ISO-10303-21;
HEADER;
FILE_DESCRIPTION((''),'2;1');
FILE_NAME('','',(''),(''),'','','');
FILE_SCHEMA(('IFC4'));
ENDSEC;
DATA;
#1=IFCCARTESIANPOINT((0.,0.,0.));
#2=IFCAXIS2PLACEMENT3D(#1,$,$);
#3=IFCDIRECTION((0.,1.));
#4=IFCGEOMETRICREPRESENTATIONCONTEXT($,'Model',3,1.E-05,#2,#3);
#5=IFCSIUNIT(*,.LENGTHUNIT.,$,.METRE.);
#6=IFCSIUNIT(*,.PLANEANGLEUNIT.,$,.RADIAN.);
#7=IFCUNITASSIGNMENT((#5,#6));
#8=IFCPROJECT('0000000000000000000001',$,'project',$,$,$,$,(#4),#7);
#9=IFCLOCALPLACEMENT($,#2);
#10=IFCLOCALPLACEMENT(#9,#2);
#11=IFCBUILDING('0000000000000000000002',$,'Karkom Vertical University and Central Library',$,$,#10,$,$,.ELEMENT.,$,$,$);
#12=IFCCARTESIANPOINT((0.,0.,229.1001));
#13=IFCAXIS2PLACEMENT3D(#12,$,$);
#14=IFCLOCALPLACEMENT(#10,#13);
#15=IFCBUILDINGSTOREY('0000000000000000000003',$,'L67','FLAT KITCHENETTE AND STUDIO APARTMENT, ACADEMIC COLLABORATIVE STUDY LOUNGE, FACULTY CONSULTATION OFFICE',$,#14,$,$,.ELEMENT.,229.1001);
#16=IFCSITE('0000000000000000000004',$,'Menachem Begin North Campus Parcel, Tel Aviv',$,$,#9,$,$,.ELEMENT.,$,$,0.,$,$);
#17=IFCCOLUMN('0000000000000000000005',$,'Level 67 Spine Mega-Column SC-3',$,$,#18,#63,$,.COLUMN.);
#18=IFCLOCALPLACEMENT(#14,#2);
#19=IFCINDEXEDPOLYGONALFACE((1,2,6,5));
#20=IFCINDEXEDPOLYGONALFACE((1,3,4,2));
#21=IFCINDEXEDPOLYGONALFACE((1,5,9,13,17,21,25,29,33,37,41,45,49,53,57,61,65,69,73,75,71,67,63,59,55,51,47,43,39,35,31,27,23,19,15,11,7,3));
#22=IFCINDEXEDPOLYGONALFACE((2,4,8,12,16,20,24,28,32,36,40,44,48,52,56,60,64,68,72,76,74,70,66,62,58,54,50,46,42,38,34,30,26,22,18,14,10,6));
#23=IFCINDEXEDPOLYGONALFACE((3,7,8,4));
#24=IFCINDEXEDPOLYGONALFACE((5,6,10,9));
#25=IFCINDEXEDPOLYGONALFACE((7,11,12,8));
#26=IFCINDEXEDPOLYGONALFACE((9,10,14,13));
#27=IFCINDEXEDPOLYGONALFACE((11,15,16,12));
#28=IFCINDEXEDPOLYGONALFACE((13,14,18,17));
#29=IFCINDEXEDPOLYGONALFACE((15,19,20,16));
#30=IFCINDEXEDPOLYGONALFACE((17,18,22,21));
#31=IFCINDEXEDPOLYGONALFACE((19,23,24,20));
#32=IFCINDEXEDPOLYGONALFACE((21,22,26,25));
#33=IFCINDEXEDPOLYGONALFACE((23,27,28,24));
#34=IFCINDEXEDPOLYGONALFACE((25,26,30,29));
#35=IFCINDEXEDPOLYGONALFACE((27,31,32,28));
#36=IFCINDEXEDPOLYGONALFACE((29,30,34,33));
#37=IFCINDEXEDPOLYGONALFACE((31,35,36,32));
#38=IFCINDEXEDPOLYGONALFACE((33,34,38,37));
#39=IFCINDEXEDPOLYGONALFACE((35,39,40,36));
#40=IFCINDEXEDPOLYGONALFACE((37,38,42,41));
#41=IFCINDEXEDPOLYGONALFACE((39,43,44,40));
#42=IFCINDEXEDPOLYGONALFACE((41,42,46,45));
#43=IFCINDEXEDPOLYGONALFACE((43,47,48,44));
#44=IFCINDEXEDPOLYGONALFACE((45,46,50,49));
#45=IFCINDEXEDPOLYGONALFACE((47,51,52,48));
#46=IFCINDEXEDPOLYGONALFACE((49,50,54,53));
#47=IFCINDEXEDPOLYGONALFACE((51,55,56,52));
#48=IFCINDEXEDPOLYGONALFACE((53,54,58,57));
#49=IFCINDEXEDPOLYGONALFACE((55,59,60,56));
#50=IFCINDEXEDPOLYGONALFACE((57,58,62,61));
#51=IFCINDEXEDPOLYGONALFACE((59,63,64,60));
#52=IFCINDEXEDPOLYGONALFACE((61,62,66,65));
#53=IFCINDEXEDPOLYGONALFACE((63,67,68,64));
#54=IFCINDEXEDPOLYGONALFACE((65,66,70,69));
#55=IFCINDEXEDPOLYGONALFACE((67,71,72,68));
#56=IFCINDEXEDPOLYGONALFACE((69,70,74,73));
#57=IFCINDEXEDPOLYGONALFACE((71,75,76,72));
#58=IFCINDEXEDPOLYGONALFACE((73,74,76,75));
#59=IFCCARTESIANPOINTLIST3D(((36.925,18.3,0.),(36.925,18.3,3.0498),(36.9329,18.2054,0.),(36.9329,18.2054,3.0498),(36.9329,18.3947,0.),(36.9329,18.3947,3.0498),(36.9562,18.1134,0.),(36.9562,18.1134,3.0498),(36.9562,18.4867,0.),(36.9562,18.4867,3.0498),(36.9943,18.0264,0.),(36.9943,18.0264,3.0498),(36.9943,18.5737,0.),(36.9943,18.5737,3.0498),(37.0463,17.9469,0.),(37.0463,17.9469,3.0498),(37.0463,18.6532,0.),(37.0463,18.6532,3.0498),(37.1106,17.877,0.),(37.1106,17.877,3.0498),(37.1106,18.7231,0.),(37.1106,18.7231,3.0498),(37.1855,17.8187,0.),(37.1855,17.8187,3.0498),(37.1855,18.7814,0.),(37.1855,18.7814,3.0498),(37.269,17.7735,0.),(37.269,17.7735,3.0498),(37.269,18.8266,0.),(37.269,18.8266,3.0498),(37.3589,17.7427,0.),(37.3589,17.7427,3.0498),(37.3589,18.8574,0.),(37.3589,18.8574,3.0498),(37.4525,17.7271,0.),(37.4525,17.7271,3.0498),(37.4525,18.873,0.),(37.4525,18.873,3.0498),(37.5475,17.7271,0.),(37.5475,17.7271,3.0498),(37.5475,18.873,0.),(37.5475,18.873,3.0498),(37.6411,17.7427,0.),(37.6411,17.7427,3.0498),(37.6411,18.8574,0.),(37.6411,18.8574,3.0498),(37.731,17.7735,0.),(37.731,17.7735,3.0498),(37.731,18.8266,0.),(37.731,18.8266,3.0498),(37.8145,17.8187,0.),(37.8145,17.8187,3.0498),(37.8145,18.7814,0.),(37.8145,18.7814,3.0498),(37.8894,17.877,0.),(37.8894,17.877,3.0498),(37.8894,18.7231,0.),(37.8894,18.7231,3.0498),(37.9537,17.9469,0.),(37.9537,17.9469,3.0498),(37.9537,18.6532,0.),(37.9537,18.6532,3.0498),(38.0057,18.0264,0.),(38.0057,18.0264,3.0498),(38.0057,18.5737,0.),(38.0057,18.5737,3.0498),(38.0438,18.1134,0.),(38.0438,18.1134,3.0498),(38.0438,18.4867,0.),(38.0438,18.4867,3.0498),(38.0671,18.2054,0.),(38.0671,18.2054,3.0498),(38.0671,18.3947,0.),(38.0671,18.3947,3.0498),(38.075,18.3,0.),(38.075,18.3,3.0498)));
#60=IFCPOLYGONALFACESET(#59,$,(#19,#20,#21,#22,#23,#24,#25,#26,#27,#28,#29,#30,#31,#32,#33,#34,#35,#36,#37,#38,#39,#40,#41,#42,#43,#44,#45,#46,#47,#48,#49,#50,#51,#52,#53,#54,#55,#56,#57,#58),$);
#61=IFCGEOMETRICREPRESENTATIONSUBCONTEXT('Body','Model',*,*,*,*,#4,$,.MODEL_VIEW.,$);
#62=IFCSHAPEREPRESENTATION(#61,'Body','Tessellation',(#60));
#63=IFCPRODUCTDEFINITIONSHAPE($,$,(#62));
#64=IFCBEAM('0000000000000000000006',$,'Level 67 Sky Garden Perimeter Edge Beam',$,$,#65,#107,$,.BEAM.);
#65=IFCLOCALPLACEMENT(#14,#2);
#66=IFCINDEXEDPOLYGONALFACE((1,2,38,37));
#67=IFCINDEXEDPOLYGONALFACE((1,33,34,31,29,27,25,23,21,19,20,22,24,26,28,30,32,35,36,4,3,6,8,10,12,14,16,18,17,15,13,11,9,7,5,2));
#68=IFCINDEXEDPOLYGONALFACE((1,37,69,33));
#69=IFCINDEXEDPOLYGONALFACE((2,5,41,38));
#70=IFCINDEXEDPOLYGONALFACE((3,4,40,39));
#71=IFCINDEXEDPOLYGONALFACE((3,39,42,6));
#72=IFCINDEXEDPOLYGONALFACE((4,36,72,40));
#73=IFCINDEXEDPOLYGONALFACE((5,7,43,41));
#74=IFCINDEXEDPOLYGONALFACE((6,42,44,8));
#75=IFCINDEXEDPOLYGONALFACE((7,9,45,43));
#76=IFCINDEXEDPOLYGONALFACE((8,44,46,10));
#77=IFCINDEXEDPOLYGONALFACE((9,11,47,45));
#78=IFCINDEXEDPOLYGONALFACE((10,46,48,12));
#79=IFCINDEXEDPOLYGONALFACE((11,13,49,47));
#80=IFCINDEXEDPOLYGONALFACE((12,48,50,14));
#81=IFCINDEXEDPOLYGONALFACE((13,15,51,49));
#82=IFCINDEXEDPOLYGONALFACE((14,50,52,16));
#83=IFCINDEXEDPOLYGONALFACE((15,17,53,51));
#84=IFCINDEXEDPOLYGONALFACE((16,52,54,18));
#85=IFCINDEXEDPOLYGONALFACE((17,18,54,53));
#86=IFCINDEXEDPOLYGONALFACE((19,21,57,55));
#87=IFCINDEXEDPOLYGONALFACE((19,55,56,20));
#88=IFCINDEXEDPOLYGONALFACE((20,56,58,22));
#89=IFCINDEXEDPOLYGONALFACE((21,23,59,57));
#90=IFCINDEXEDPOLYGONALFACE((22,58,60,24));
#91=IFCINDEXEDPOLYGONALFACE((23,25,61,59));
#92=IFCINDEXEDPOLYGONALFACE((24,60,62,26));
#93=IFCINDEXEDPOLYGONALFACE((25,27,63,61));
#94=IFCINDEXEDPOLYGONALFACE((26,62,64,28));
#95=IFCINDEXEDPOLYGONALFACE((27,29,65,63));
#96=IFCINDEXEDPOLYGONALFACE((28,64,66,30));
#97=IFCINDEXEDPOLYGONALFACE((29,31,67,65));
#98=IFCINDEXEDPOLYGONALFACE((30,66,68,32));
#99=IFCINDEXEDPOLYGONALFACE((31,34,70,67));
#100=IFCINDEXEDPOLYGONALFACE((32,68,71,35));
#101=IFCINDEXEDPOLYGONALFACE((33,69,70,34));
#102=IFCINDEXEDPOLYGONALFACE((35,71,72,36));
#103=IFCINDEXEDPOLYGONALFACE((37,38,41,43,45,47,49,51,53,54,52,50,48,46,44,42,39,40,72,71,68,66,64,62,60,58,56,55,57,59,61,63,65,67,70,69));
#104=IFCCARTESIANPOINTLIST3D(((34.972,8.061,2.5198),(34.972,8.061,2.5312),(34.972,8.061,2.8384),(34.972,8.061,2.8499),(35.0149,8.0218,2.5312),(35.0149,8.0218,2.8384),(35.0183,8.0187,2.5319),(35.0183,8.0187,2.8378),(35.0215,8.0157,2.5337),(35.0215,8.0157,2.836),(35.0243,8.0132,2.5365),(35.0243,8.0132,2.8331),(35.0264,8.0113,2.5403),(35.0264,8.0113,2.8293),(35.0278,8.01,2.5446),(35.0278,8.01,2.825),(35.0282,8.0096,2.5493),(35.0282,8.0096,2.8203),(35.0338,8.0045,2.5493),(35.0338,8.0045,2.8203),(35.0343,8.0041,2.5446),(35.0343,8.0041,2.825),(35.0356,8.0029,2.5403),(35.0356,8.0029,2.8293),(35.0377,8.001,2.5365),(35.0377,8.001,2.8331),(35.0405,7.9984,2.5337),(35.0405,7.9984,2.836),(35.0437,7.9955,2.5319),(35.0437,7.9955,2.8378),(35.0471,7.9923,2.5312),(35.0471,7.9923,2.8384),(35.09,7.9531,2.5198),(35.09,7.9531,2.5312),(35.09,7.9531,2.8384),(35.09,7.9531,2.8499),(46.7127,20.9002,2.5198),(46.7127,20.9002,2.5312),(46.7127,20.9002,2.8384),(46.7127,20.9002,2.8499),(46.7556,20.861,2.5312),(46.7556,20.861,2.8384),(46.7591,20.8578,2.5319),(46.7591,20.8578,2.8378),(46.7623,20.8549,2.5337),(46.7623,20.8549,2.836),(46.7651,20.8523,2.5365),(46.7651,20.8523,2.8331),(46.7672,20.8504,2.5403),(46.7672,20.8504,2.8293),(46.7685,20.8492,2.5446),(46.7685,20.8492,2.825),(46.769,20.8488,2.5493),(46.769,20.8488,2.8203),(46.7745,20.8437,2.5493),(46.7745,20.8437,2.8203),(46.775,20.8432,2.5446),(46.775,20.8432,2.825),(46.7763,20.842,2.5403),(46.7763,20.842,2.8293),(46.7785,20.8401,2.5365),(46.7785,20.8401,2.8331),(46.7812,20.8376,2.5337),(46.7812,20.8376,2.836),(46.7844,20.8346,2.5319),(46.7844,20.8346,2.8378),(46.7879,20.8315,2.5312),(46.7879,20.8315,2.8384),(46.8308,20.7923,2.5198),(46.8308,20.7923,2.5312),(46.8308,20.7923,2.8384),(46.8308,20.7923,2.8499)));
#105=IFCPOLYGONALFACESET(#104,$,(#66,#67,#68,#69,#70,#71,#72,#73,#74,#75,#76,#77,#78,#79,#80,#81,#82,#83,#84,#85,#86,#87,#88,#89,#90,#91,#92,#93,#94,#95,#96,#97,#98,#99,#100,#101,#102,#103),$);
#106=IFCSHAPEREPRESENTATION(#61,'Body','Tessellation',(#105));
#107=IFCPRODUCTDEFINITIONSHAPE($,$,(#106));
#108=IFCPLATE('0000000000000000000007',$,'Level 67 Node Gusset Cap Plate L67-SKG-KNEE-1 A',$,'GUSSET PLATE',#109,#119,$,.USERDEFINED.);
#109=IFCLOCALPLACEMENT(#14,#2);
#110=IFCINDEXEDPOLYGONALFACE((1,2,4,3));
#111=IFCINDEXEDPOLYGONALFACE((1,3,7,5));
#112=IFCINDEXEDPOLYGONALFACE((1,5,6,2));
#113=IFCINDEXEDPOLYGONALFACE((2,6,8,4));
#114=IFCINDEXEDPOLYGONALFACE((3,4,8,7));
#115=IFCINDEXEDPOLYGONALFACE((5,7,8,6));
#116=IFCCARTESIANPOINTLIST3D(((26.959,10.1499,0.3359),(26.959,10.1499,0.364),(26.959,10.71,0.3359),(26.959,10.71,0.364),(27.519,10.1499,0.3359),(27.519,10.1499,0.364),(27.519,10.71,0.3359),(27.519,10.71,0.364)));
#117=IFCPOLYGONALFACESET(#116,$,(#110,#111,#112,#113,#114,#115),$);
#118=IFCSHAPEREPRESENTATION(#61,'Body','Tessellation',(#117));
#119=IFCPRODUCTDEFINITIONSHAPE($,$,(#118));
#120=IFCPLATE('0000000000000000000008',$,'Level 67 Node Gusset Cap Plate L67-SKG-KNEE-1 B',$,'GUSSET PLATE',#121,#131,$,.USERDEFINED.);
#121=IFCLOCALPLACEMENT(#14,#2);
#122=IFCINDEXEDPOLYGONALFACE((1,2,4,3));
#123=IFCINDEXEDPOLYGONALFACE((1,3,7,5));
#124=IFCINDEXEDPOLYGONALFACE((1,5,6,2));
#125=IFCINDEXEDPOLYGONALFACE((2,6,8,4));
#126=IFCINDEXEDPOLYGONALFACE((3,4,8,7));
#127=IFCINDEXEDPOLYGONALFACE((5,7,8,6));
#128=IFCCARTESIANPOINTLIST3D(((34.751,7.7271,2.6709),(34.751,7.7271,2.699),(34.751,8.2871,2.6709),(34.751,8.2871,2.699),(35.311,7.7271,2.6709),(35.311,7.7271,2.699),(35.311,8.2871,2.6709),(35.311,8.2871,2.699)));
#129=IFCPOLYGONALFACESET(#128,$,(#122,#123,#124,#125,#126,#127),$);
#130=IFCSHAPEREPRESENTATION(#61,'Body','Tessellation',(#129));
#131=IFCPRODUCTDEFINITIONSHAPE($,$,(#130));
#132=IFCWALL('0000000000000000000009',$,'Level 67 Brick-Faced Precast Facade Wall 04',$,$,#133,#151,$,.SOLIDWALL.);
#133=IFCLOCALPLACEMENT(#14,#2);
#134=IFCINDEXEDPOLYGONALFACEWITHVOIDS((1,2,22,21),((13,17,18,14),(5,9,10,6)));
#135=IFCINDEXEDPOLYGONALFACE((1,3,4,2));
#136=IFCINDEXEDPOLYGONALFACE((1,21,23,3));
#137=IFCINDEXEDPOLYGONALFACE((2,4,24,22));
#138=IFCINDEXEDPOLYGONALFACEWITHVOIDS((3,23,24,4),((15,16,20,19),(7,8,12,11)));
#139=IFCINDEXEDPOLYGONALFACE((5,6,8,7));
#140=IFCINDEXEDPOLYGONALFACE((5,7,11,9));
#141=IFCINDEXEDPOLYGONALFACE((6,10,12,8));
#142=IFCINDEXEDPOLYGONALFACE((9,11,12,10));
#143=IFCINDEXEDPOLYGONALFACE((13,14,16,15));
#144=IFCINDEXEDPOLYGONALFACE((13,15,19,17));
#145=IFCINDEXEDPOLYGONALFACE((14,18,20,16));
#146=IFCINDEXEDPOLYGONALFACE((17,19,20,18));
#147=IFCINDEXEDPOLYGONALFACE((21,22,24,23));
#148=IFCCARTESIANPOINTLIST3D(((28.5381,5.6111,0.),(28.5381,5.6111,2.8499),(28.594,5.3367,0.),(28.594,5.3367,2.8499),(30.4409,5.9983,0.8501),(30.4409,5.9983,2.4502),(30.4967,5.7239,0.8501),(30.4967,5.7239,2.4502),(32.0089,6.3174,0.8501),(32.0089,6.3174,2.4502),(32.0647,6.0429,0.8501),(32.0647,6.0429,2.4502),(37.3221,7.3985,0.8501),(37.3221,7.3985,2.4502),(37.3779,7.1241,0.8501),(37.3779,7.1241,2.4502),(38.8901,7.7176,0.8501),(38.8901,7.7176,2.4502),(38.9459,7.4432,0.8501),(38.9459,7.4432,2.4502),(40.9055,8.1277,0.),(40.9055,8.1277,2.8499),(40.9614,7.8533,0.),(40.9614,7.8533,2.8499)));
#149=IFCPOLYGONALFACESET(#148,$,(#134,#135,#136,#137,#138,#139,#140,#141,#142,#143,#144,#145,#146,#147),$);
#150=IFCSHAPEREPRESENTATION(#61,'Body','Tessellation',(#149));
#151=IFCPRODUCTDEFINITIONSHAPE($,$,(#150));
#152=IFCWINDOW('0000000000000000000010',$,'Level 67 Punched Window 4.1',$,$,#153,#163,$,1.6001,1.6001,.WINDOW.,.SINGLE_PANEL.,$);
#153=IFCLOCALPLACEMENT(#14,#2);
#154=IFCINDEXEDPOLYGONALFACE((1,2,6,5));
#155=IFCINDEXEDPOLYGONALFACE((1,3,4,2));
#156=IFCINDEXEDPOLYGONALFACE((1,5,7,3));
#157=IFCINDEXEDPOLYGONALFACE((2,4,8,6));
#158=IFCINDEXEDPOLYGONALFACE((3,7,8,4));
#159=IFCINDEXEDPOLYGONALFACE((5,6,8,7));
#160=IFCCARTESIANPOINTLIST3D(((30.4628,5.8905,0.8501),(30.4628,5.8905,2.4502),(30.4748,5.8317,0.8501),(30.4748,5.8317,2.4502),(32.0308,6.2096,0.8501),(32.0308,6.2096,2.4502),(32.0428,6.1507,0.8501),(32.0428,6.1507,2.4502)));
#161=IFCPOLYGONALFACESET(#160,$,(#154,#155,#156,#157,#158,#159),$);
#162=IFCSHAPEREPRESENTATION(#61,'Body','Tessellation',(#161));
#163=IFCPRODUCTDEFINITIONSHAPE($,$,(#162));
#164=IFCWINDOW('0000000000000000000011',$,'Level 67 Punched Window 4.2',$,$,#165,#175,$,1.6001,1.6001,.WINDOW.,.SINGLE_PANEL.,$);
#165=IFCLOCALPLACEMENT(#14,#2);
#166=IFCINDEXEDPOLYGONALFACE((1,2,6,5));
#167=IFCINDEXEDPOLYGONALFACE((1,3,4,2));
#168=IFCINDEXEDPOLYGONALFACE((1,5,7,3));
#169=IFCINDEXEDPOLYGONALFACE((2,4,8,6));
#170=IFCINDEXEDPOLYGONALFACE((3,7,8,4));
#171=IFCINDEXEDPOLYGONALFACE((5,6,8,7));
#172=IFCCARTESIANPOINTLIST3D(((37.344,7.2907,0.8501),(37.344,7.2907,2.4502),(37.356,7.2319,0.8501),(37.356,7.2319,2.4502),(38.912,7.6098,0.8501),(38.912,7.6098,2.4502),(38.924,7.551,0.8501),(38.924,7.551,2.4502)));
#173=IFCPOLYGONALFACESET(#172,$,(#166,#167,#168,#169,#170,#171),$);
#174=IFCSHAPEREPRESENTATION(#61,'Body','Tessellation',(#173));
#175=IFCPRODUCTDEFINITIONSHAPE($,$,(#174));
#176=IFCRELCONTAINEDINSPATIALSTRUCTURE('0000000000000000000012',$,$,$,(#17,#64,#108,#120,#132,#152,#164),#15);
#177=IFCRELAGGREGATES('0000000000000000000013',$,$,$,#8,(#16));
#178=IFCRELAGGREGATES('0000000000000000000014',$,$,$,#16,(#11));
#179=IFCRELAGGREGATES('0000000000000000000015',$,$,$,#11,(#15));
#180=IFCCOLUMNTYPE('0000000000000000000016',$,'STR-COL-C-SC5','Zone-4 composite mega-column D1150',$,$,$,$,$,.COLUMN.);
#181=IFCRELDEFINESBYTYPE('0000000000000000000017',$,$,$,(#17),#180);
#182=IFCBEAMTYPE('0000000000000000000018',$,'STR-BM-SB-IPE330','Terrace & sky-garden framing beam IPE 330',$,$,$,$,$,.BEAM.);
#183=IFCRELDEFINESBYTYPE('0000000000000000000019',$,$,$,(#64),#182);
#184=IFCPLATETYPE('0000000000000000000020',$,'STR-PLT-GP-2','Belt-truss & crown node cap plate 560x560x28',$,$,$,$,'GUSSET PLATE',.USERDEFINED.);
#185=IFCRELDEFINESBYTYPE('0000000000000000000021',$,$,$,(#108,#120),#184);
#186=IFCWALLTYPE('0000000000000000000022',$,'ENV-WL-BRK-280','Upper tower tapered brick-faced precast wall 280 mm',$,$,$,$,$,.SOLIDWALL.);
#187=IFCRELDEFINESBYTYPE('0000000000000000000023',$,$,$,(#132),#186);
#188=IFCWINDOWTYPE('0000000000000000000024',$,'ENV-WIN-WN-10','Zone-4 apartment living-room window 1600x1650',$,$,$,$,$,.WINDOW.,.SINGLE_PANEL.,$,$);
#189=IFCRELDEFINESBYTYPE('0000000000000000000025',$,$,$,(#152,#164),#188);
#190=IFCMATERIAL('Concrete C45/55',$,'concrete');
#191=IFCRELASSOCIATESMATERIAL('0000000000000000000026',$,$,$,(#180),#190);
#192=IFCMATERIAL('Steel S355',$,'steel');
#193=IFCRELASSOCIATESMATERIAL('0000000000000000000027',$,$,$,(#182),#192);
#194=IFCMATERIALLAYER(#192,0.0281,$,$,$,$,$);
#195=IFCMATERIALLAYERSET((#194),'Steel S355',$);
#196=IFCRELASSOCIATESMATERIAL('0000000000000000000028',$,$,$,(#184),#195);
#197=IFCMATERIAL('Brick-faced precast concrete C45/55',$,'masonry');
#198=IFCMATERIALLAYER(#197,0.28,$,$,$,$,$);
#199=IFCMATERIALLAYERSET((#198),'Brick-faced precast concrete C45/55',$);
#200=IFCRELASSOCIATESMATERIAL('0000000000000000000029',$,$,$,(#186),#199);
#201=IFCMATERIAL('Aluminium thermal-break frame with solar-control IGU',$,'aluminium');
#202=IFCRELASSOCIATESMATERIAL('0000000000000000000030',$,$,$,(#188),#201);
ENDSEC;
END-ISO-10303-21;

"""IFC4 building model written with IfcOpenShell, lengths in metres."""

from ifc_helpers import new_model, si_unit, direction, frame, frame_2d, origin, origin_with_axes, origin_2d, place, context, subcontext, project, spatial, rectangle, circle, i_section, extrude, source, transform, mapped, material, layer, layer_set, material_profile, profile_set, type_object, element, fill, save


model = new_model("IFC4")

# Units and contexts
model_context = context("Model", 3, precision=1e-05, world=origin(), true_north=direction((0.0, 1.0)))
body_context = subcontext(model_context, "Body", "Model", "MODEL_VIEW")
ifc_project = project(units=[si_unit("LENGTHUNIT", "METRE"), si_unit("PLANEANGLEUNIT", "RADIAN")], contexts=[model_context])

# Site, building, storey
site_placement = place(None, origin())
site = spatial("IfcSite", under=ifc_project, at=site_placement, Name="Menachem Begin North Campus Parcel, Tel Aviv", CompositionType="ELEMENT", RefElevation=0.0)
building_placement = place(site_placement, origin())
building = spatial("IfcBuilding", under=site, at=building_placement, Name="Karkom Vertical University and Central Library", CompositionType="ELEMENT")
storey_placement = place(building_placement, frame((0.0, 0.0, 229.1001)))
storey = spatial("IfcBuildingStorey", under=building, at=storey_placement, Name="L67", Description="FLAT KITCHENETTE AND STUDIO APARTMENT, ACADEMIC COLLABORATIVE STUDY LOUNGE, FACULTY CONSULTATION OFFICE", CompositionType="ELEMENT", Elevation=229.1001)

# Column
ifc_material_1 = material(Name="Concrete C45/55", Category="concrete")
ifc_material_profile_1 = material_profile(ifc_material_1, circle(Radius=0.575, at=origin_2d()), Name="CFT-D1150")
ifc_profile_set_1 = profile_set([ifc_material_profile_1], Name="Concrete C45/55")
column_type = type_object("IfcColumnType", Name="STR-COL-C-SC5", Description="Zone-4 composite mega-column D1150", PredefinedType="COLUMN", material=ifc_profile_set_1)
shared_shape_1 = source(origin_with_axes(), body_context, "Body", "SweptSolid", [
    extrude(circle(Radius=0.575, at=origin_2d()), origin(), (0.0, 0.0, 1.0), 3.0498),
])
column_placement = place(storey_placement, frame((37.5, 18.3, 0.0), z_axis=(0.0, 0.0, 1.0), x_axis=(1.0, 0.0, 0.0)))
element("IfcColumn", 1, at=column_placement, inside=storey, type_object=column_type, Name="Level 67 Spine Mega-Column SC-3", PredefinedType="COLUMN", context=body_context, shape_type="MappedRepresentation", body=[
    mapped(shared_shape_1, transform((0.0, 0.0, 0.0), scale=1.0)),
])

# Beam
ifc_material_2 = material(Name="Steel S355", Category="steel")
ifc_material_profile_2 = material_profile(ifc_material_2, i_section(OverallWidth=0.1599, OverallDepth=0.3301, WebThickness=0.0076, FlangeThickness=0.0115, FilletRadius=0.0181, at=origin_2d()), Name="IPE 330")
ifc_profile_set_2 = profile_set([ifc_material_profile_2], Name="Steel S355")
beam_type = type_object("IfcBeamType", Name="STR-BM-SB-IPE330", Description="Terrace & sky-garden framing beam IPE 330", PredefinedType="BEAM", material=ifc_profile_set_2)
shared_shape_2 = source(origin_with_axes(), body_context, "Body", "SweptSolid", [
    extrude(i_section(OverallWidth=0.1599, OverallDepth=0.3301, WebThickness=0.0076, FlangeThickness=0.0115, FilletRadius=0.0181, at=origin_2d()), origin(), (0.0, 0.0, 1.0), 17.3979),
])
beam_placement = place(storey_placement, frame((35.031, 8.0071, 2.6848), z_axis=(0.674835, 0.737969, 0.0), x_axis=(-0.737969, 0.674835, 0.0)))
element("IfcBeam", 2, at=beam_placement, inside=storey, type_object=beam_type, Name="Level 67 Sky Garden Perimeter Edge Beam", PredefinedType="BEAM", context=body_context, shape_type="MappedRepresentation", body=[
    mapped(shared_shape_2, transform((0.0, 0.0, 0.0), scale=1.0)),
])

# Plates
ifc_layer_1 = layer(ifc_material_2, 0.0281)
ifc_layer_set_1 = layer_set([ifc_layer_1], Name="Steel S355")
plate_type = type_object("IfcPlateType", Name="STR-PLT-GP-2", Description="Belt-truss & crown node cap plate 560x560x28", ElementType="GUSSET PLATE", PredefinedType="USERDEFINED", material=ifc_layer_set_1)
shared_shape_3 = source(origin_with_axes(), body_context, "Body", "SweptSolid", [
    extrude(rectangle(XDim=0.5601, YDim=0.5601, at=origin_2d()), origin(), (0.0, 0.0, 1.0), 0.0281),
])
for number, where, z_axis, x_axis, name in (
    (3, (27.239, 10.4299, 0.3359), (0.0, 0.0, 1.0), (1.0, 0.0, 0.0), "Level 67 Node Gusset Cap Plate L67-SKG-KNEE-1 A"),
    (4, (35.031, 8.0071, 2.6709), (0.0, 0.0, 1.0), (1.0, 0.0, 0.0), "Level 67 Node Gusset Cap Plate L67-SKG-KNEE-1 B"),
):
    element("IfcPlate", number, at=place(storey_placement, frame(where, z_axis=z_axis, x_axis=x_axis)), inside=storey, type_object=plate_type, Name=name, ObjectType="GUSSET PLATE", PredefinedType="USERDEFINED", context=body_context, shape_type="MappedRepresentation", body=[
        mapped(shared_shape_3, transform((0.0, 0.0, 0.0), scale=1.0)),
    ])

# Wall, openings, windows
ifc_material_3 = material(Name="Brick-faced precast concrete C45/55", Category="masonry")
ifc_layer_2 = layer(ifc_material_3, 0.28)
ifc_layer_set_2 = layer_set([ifc_layer_2], Name="Brick-faced precast concrete C45/55")
wall_type_1 = type_object("IfcWallType", Name="ENV-WL-BRK-280", Description="Upper tower tapered brick-faced precast wall 280 mm", PredefinedType="SOLIDWALL", material=ifc_layer_set_2)
wall_1_placement = place(storey_placement, frame((28.5659, 5.4739, 0.0), z_axis=(0.0, 0.0, 1.0), x_axis=(0.979918, 0.1994, 0.0)))
wall_1 = element("IfcWall", 5, at=wall_1_placement, inside=storey, type_object=wall_type_1, Name="Level 67 Brick-Faced Precast Facade Wall 04", PredefinedType="SOLIDWALL", context=body_context, shape_type="SweptSolid", body=[
    extrude(rectangle(XDim=12.6208, YDim=0.28, at=frame_2d((6.3105, 0.0))), origin(), (0.0, 0.0, 1.0), 2.8499),
])
opening_1_placement = place(wall_1_placement, frame((1.9419, 0.0, 0.8501)))
opening_1 = element("IfcOpeningElement", 6, at=opening_1_placement, cuts=wall_1, PredefinedType="OPENING", context=body_context, shape_type="SweptSolid", body=[
    extrude(rectangle(XDim=1.6001, YDim=1.6001, at=frame_2d((0.8, 0.8))), frame((0.0, 0.1499, 0.0), z_axis=(0.0, -1.0, 0.0), x_axis=(1.0, 0.0, 0.0)), (0.0, 0.0, 1.0), 0.3),
])
opening_2_placement = place(wall_1_placement, frame((8.9641, 0.0, 0.8501)))
opening_2 = element("IfcOpeningElement", 7, at=opening_2_placement, cuts=wall_1, PredefinedType="OPENING", context=body_context, shape_type="SweptSolid", body=[
    extrude(rectangle(XDim=1.6001, YDim=1.6001, at=frame_2d((0.8, 0.8))), frame((0.0, 0.1499, 0.0), z_axis=(0.0, -1.0, 0.0), x_axis=(1.0, 0.0, 0.0)), (0.0, 0.0, 1.0), 0.3),
])
ifc_material_4 = material(Name="Aluminium thermal-break frame with solar-control IGU", Category="aluminium")
window_type = type_object("IfcWindowType", Name="ENV-WIN-WN-10", Description="Zone-4 apartment living-room window 1600x1650", PartitioningType="SINGLE_PANEL", PredefinedType="WINDOW", material=ifc_material_4)
shared_shape_4 = source(origin_with_axes(), body_context, "Body", "SweptSolid", [
    extrude(rectangle(XDim=1.6001, YDim=1.6001, at=frame_2d((0.8, 0.8))), frame((0.0, 0.03, 0.0), z_axis=(0.0, -1.0, 0.0), x_axis=(1.0, 0.0, 0.0)), (0.0, 0.0, 1.0), 0.0601),
])
window_1_placement = place(opening_1_placement, origin())
window_1 = element("IfcWindow", 8, at=window_1_placement, inside=storey, type_object=window_type, Name="Level 67 Punched Window 4.1", OverallHeight=1.6001, OverallWidth=1.6001, PartitioningType="SINGLE_PANEL", PredefinedType="WINDOW", context=body_context, shape_type="MappedRepresentation", body=[
    mapped(shared_shape_4, transform((0.0, 0.0, 0.0), scale=1.0)),
])
fill(opening_1, window_1)
window_2_placement = place(opening_2_placement, origin())
window_2 = element("IfcWindow", 9, at=window_2_placement, inside=storey, type_object=window_type, Name="Level 67 Punched Window 4.2", OverallHeight=1.6001, OverallWidth=1.6001, PartitioningType="SINGLE_PANEL", PredefinedType="WINDOW", context=body_context, shape_type="MappedRepresentation", body=[
    mapped(shared_shape_4, transform((0.0, 0.0, 0.0), scale=1.0)),
])
fill(opening_2, window_2)

save(model, "model.ifc")
